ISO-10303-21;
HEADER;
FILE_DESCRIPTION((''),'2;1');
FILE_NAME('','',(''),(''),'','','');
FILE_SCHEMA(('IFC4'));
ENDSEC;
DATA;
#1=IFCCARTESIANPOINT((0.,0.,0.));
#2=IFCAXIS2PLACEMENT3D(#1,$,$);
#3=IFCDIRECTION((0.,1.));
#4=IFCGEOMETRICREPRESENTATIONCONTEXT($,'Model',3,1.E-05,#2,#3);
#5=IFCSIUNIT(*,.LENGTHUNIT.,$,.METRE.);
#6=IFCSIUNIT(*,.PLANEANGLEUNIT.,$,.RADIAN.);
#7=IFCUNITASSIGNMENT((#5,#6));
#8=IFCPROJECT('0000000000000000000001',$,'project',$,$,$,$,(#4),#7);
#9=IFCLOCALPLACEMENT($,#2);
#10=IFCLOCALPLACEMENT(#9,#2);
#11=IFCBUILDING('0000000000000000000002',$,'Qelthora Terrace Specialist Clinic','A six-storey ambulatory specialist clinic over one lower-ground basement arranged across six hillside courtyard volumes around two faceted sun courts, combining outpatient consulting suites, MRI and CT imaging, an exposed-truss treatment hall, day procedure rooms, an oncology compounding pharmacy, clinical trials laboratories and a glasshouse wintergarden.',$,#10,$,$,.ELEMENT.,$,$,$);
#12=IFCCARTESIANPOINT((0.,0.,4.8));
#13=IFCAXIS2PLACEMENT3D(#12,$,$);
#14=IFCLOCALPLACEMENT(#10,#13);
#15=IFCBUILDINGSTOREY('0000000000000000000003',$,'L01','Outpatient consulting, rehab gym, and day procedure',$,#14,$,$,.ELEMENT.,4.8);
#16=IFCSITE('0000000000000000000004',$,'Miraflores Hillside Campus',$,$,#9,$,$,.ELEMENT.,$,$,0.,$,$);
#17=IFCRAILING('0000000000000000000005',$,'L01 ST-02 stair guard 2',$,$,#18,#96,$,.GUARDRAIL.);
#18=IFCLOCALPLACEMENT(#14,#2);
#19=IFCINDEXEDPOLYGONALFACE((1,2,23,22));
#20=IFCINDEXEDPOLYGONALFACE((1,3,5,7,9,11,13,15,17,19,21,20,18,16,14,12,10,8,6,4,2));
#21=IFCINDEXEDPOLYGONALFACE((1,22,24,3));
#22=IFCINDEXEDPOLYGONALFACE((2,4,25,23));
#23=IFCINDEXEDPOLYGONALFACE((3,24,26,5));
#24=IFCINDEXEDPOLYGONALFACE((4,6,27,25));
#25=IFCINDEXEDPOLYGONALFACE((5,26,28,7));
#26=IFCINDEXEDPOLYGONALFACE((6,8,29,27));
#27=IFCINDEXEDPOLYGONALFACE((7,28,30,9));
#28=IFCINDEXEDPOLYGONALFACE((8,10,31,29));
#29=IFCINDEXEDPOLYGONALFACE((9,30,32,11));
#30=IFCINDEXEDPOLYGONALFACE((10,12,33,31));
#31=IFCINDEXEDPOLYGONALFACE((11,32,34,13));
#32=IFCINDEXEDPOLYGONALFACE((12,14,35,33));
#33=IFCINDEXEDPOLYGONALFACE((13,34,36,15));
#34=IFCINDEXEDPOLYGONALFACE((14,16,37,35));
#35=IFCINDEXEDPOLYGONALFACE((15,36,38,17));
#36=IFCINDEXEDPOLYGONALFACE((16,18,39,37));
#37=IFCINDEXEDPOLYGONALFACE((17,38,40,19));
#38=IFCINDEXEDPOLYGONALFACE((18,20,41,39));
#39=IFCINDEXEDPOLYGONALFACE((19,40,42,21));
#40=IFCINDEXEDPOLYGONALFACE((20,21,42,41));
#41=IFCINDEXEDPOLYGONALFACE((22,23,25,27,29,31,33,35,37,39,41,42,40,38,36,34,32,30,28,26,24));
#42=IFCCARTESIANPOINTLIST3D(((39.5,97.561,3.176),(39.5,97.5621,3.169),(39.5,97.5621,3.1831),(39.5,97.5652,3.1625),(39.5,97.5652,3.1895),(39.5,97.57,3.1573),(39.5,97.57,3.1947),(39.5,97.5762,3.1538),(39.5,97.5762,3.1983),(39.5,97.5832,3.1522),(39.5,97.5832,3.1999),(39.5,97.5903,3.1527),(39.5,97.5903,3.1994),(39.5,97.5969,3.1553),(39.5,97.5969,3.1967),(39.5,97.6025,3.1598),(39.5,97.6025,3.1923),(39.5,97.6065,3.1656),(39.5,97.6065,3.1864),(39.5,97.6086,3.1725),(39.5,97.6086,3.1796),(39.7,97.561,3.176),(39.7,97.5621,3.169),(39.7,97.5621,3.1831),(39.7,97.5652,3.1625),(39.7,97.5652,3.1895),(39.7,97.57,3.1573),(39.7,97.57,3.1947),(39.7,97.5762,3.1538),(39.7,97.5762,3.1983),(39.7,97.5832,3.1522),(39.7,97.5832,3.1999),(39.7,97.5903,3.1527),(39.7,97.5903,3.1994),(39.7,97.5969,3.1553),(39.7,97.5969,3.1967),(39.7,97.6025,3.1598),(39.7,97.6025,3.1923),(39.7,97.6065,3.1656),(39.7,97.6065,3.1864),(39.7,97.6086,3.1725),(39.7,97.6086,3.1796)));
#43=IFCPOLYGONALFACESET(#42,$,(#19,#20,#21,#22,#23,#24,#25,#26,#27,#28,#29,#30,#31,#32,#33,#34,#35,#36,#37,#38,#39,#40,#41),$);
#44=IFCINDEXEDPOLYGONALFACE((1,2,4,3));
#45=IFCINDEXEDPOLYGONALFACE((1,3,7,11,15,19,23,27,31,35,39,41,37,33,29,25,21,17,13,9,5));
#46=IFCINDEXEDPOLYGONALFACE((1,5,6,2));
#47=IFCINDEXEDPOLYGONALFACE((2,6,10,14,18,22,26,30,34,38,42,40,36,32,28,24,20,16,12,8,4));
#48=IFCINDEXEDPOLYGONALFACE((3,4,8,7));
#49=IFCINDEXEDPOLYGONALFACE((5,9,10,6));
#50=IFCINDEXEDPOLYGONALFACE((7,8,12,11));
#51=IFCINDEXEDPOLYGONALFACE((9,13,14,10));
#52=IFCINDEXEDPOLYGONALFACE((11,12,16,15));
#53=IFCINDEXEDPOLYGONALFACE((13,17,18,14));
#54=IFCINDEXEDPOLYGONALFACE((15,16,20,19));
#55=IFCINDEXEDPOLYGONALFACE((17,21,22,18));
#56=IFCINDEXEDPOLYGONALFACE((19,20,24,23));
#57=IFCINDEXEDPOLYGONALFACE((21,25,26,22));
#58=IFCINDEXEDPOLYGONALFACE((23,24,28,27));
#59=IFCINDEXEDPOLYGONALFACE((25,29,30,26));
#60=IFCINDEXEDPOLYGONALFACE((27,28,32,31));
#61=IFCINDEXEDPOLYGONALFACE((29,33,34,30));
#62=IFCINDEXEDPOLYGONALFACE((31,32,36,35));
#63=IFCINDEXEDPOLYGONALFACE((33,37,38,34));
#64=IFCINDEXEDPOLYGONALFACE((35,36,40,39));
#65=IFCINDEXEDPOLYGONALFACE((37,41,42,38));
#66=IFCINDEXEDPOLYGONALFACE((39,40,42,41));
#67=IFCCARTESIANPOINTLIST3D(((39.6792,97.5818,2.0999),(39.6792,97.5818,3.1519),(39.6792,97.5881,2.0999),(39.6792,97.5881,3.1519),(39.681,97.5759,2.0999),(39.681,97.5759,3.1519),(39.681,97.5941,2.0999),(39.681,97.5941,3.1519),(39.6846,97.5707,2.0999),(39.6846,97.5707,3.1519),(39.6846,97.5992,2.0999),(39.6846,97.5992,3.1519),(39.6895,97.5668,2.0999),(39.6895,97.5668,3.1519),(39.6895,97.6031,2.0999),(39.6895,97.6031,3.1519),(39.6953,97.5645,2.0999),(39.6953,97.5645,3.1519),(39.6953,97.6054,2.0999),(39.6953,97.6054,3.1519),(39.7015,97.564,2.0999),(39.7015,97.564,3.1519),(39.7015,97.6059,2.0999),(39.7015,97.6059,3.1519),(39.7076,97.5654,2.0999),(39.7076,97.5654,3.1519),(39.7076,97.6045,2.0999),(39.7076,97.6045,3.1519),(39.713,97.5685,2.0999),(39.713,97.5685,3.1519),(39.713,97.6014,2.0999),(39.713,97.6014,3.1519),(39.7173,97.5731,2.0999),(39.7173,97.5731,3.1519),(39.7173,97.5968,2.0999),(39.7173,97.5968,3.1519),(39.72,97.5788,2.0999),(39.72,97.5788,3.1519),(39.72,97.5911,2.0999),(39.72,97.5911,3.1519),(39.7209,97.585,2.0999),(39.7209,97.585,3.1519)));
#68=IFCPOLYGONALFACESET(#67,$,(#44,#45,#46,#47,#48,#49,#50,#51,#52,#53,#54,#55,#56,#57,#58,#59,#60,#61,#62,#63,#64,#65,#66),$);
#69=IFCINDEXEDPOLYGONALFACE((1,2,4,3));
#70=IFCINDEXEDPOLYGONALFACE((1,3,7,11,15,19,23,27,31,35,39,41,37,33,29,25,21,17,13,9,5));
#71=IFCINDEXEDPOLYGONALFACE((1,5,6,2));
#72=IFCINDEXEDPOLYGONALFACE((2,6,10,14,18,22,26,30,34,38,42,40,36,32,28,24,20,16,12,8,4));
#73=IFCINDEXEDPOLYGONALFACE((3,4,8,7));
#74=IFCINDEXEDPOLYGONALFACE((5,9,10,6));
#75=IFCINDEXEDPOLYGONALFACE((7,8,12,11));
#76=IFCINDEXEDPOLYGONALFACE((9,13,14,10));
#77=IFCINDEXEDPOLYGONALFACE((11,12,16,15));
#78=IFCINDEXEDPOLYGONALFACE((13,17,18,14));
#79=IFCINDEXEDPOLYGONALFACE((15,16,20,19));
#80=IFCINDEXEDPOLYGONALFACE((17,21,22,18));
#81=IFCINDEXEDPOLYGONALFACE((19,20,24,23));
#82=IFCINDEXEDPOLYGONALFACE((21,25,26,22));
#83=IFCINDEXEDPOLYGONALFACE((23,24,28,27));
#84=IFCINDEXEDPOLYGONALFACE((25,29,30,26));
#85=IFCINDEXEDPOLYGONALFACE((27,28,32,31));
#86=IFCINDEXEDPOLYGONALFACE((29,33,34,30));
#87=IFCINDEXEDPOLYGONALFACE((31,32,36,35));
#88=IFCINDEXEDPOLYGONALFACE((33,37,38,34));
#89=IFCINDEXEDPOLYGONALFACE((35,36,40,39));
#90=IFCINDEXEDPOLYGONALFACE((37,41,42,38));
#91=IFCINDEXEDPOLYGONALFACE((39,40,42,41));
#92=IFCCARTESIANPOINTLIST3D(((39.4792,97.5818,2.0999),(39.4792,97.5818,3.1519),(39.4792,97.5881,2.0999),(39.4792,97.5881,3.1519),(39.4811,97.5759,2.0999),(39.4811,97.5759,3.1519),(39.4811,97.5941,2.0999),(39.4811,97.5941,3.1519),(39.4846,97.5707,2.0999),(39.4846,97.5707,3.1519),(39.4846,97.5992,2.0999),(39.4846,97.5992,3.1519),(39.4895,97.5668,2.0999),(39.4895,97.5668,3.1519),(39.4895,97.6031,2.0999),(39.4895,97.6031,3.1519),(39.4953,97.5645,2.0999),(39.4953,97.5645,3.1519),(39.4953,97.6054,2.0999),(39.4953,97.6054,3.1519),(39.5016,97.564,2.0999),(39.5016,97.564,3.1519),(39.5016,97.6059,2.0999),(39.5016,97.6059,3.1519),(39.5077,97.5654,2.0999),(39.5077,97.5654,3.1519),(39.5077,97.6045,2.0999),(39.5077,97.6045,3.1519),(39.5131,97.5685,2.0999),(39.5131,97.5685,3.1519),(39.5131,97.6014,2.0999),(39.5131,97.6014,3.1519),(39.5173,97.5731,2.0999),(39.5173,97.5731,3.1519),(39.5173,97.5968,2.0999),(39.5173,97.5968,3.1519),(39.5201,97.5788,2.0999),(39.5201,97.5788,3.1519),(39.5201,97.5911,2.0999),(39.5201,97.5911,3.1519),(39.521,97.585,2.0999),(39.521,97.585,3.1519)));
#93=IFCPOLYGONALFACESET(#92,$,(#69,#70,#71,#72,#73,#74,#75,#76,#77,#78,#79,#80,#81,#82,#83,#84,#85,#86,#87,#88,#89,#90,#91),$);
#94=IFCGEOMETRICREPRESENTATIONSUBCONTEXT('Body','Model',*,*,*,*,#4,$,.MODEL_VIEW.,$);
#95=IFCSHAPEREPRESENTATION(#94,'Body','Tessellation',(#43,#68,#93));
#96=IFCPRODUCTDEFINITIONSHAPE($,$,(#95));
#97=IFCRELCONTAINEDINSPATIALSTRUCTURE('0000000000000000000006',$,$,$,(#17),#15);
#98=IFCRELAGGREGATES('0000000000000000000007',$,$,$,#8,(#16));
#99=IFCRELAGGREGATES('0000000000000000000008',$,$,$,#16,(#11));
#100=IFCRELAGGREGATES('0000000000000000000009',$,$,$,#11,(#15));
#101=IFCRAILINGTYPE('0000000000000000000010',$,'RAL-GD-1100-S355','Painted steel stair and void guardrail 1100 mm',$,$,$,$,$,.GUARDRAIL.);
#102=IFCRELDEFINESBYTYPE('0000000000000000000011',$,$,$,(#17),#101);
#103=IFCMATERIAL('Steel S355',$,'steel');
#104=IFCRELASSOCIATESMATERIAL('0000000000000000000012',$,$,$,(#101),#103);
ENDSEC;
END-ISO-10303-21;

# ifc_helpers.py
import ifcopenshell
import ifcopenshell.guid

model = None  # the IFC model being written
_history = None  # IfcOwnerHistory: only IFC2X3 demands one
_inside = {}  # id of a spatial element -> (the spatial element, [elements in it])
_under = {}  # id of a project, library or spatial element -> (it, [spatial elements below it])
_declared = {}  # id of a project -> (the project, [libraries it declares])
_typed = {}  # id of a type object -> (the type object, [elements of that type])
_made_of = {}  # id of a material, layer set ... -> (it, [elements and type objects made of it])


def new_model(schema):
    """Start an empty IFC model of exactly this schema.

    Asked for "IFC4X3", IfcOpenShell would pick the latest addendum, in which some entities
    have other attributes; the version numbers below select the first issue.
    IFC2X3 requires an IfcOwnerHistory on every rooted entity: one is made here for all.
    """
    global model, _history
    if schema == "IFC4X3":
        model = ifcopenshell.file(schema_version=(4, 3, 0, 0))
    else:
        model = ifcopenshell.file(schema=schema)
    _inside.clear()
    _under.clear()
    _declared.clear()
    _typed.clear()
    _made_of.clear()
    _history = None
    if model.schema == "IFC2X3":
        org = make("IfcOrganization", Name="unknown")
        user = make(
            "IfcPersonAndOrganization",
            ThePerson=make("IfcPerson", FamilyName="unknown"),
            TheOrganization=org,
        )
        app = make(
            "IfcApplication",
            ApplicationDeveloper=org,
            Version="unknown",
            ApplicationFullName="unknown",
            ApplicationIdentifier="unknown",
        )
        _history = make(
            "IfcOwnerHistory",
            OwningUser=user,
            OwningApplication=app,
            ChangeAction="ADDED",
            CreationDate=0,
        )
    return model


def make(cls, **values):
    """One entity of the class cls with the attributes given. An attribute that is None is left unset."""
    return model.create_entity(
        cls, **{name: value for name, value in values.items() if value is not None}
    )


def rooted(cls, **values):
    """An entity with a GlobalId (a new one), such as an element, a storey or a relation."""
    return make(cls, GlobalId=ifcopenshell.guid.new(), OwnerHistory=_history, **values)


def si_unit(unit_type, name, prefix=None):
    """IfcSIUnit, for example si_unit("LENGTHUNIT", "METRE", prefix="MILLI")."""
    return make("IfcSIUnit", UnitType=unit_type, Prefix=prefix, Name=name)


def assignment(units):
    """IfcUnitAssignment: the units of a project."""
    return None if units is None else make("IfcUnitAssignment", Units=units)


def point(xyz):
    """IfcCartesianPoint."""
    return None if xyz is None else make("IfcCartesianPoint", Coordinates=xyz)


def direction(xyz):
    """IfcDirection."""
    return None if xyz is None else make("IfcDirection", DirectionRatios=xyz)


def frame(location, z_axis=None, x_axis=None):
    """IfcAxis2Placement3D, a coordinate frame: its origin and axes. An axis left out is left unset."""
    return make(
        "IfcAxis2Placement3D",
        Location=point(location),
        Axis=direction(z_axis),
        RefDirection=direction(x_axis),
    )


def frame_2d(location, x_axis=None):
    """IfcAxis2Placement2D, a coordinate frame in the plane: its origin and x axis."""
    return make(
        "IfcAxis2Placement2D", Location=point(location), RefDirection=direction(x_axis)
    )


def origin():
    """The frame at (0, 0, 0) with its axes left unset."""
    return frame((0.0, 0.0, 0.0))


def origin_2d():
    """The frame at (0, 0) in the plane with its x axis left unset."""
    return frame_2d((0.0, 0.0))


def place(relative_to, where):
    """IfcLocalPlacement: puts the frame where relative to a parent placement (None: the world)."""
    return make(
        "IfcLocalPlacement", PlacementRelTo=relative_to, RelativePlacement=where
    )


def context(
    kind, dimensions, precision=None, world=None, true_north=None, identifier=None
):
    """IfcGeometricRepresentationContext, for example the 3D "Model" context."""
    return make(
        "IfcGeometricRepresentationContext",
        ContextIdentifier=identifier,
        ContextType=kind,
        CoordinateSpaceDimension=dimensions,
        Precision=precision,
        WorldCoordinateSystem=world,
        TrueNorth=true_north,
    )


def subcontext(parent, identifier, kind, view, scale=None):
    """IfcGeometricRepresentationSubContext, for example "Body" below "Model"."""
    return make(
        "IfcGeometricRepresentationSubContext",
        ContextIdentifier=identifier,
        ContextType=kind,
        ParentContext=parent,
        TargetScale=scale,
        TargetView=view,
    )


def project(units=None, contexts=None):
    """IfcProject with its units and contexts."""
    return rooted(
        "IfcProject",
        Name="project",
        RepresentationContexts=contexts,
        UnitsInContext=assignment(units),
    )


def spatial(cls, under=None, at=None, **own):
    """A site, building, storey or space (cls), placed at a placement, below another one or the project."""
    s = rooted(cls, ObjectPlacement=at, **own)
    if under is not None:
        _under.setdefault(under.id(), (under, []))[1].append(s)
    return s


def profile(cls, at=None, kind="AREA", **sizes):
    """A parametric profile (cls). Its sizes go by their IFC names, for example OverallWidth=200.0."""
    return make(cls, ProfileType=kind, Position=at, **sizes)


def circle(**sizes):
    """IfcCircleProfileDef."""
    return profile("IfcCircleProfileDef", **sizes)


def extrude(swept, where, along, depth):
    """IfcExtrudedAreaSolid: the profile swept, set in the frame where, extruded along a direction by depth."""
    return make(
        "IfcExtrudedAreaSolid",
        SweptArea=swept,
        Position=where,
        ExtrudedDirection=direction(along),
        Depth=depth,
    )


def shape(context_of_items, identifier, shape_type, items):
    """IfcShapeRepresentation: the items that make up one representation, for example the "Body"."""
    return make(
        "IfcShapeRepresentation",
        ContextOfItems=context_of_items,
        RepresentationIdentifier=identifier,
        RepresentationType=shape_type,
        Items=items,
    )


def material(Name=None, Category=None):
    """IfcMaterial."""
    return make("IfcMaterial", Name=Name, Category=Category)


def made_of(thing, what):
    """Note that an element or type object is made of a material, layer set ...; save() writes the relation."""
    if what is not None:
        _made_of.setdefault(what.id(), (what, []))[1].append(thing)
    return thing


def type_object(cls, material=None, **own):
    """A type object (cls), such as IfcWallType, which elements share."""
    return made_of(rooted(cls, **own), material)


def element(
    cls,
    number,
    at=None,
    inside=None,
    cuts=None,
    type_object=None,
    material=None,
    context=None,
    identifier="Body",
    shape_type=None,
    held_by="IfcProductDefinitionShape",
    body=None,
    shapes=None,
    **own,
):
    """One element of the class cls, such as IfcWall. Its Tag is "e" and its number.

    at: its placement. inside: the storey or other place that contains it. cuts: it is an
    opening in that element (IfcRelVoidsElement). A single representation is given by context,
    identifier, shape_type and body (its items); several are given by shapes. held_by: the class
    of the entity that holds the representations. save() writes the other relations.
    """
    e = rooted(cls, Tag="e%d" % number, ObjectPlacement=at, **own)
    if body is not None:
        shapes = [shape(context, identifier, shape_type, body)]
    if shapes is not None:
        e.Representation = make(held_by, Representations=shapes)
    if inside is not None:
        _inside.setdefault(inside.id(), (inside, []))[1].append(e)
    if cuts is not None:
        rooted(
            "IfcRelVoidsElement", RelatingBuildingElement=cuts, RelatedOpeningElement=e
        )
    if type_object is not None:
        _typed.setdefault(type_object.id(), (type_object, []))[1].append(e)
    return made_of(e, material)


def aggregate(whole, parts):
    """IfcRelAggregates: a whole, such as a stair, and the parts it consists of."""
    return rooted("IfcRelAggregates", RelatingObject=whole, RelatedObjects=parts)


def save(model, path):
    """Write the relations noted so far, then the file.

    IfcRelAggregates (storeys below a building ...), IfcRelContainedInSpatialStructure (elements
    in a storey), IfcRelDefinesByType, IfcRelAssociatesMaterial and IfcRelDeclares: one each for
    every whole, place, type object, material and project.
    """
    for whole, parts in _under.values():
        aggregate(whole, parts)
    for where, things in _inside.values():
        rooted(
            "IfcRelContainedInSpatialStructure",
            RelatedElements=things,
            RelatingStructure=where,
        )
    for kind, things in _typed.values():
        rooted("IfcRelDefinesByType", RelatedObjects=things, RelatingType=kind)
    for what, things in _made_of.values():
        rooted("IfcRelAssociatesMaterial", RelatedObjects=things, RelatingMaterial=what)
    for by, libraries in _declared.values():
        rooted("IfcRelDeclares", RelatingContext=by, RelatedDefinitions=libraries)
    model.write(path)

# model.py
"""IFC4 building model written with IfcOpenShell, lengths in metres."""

from ifc_helpers import new_model, si_unit, direction, frame, origin, origin_2d, place, context, subcontext, project, spatial, circle, extrude, material, type_object, element, save


model = new_model("IFC4")

# Units and contexts
model_context = context("Model", 3, precision=1e-05, world=origin(), true_north=direction((0.0, 1.0)))
body_context = subcontext(model_context, "Body", "Model", "MODEL_VIEW")
ifc_project = project(units=[si_unit("LENGTHUNIT", "METRE"), si_unit("PLANEANGLEUNIT", "RADIAN")], contexts=[model_context])

# Site, building, storey
site_placement = place(None, origin())
site = spatial("IfcSite", under=ifc_project, at=site_placement, Name="Miraflores Hillside Campus", CompositionType="ELEMENT", RefElevation=0.0)
building_placement = place(site_placement, origin())
building = spatial("IfcBuilding", under=site, at=building_placement, Name="Qelthora Terrace Specialist Clinic", Description="A six-storey ambulatory specialist clinic over one lower-ground basement arranged across six hillside courtyard volumes around two faceted sun courts, combining outpatient consulting suites, MRI and CT imaging, an exposed-truss treatment hall, day procedure rooms, an oncology compounding pharmacy, clinical trials laboratories and a glasshouse wintergarden.", CompositionType="ELEMENT")
storey_placement = place(building_placement, frame((0.0, 0.0, 4.8)))
storey = spatial("IfcBuildingStorey", under=building, at=storey_placement, Name="L01", Description="Outpatient consulting, rehab gym, and day procedure", CompositionType="ELEMENT", Elevation=4.8)

# Shared definitions
ifc_material_1 = material(Name="Steel S355", Category="steel")

# Railing
railing_type_1 = type_object("IfcRailingType", Name="RAL-GD-1100-S355", Description="Painted steel stair and void guardrail 1100 mm", PredefinedType="GUARDRAIL", material=ifc_material_1)
railing_1_placement = place(storey_placement, frame((39.7, 97.585, 2.0999)))
element("IfcRailing", 1, at=railing_1_placement, inside=storey, type_object=railing_type_1, Name="L01 ST-02 stair guard 2", PredefinedType="GUARDRAIL", context=body_context, shape_type="SweptSolid", body=[
    extrude(circle(Radius=0.0239, at=origin_2d()), frame((0.0, 0.0, 1.0762), z_axis=(-1.0, 0.0, 0.0), x_axis=(0.0, -1.0, 0.0)), (0.0, 0.0, 1.0), 0.2),
    extrude(circle(Radius=0.021, at=origin_2d()), origin(), (0.0, 0.0, 1.0), 1.052),
    extrude(circle(Radius=0.021, at=origin_2d()), frame((-0.2, 0.0, 0.0)), (0.0, 0.0, 1.0), 1.052),
])

save(model, "model.ifc")
